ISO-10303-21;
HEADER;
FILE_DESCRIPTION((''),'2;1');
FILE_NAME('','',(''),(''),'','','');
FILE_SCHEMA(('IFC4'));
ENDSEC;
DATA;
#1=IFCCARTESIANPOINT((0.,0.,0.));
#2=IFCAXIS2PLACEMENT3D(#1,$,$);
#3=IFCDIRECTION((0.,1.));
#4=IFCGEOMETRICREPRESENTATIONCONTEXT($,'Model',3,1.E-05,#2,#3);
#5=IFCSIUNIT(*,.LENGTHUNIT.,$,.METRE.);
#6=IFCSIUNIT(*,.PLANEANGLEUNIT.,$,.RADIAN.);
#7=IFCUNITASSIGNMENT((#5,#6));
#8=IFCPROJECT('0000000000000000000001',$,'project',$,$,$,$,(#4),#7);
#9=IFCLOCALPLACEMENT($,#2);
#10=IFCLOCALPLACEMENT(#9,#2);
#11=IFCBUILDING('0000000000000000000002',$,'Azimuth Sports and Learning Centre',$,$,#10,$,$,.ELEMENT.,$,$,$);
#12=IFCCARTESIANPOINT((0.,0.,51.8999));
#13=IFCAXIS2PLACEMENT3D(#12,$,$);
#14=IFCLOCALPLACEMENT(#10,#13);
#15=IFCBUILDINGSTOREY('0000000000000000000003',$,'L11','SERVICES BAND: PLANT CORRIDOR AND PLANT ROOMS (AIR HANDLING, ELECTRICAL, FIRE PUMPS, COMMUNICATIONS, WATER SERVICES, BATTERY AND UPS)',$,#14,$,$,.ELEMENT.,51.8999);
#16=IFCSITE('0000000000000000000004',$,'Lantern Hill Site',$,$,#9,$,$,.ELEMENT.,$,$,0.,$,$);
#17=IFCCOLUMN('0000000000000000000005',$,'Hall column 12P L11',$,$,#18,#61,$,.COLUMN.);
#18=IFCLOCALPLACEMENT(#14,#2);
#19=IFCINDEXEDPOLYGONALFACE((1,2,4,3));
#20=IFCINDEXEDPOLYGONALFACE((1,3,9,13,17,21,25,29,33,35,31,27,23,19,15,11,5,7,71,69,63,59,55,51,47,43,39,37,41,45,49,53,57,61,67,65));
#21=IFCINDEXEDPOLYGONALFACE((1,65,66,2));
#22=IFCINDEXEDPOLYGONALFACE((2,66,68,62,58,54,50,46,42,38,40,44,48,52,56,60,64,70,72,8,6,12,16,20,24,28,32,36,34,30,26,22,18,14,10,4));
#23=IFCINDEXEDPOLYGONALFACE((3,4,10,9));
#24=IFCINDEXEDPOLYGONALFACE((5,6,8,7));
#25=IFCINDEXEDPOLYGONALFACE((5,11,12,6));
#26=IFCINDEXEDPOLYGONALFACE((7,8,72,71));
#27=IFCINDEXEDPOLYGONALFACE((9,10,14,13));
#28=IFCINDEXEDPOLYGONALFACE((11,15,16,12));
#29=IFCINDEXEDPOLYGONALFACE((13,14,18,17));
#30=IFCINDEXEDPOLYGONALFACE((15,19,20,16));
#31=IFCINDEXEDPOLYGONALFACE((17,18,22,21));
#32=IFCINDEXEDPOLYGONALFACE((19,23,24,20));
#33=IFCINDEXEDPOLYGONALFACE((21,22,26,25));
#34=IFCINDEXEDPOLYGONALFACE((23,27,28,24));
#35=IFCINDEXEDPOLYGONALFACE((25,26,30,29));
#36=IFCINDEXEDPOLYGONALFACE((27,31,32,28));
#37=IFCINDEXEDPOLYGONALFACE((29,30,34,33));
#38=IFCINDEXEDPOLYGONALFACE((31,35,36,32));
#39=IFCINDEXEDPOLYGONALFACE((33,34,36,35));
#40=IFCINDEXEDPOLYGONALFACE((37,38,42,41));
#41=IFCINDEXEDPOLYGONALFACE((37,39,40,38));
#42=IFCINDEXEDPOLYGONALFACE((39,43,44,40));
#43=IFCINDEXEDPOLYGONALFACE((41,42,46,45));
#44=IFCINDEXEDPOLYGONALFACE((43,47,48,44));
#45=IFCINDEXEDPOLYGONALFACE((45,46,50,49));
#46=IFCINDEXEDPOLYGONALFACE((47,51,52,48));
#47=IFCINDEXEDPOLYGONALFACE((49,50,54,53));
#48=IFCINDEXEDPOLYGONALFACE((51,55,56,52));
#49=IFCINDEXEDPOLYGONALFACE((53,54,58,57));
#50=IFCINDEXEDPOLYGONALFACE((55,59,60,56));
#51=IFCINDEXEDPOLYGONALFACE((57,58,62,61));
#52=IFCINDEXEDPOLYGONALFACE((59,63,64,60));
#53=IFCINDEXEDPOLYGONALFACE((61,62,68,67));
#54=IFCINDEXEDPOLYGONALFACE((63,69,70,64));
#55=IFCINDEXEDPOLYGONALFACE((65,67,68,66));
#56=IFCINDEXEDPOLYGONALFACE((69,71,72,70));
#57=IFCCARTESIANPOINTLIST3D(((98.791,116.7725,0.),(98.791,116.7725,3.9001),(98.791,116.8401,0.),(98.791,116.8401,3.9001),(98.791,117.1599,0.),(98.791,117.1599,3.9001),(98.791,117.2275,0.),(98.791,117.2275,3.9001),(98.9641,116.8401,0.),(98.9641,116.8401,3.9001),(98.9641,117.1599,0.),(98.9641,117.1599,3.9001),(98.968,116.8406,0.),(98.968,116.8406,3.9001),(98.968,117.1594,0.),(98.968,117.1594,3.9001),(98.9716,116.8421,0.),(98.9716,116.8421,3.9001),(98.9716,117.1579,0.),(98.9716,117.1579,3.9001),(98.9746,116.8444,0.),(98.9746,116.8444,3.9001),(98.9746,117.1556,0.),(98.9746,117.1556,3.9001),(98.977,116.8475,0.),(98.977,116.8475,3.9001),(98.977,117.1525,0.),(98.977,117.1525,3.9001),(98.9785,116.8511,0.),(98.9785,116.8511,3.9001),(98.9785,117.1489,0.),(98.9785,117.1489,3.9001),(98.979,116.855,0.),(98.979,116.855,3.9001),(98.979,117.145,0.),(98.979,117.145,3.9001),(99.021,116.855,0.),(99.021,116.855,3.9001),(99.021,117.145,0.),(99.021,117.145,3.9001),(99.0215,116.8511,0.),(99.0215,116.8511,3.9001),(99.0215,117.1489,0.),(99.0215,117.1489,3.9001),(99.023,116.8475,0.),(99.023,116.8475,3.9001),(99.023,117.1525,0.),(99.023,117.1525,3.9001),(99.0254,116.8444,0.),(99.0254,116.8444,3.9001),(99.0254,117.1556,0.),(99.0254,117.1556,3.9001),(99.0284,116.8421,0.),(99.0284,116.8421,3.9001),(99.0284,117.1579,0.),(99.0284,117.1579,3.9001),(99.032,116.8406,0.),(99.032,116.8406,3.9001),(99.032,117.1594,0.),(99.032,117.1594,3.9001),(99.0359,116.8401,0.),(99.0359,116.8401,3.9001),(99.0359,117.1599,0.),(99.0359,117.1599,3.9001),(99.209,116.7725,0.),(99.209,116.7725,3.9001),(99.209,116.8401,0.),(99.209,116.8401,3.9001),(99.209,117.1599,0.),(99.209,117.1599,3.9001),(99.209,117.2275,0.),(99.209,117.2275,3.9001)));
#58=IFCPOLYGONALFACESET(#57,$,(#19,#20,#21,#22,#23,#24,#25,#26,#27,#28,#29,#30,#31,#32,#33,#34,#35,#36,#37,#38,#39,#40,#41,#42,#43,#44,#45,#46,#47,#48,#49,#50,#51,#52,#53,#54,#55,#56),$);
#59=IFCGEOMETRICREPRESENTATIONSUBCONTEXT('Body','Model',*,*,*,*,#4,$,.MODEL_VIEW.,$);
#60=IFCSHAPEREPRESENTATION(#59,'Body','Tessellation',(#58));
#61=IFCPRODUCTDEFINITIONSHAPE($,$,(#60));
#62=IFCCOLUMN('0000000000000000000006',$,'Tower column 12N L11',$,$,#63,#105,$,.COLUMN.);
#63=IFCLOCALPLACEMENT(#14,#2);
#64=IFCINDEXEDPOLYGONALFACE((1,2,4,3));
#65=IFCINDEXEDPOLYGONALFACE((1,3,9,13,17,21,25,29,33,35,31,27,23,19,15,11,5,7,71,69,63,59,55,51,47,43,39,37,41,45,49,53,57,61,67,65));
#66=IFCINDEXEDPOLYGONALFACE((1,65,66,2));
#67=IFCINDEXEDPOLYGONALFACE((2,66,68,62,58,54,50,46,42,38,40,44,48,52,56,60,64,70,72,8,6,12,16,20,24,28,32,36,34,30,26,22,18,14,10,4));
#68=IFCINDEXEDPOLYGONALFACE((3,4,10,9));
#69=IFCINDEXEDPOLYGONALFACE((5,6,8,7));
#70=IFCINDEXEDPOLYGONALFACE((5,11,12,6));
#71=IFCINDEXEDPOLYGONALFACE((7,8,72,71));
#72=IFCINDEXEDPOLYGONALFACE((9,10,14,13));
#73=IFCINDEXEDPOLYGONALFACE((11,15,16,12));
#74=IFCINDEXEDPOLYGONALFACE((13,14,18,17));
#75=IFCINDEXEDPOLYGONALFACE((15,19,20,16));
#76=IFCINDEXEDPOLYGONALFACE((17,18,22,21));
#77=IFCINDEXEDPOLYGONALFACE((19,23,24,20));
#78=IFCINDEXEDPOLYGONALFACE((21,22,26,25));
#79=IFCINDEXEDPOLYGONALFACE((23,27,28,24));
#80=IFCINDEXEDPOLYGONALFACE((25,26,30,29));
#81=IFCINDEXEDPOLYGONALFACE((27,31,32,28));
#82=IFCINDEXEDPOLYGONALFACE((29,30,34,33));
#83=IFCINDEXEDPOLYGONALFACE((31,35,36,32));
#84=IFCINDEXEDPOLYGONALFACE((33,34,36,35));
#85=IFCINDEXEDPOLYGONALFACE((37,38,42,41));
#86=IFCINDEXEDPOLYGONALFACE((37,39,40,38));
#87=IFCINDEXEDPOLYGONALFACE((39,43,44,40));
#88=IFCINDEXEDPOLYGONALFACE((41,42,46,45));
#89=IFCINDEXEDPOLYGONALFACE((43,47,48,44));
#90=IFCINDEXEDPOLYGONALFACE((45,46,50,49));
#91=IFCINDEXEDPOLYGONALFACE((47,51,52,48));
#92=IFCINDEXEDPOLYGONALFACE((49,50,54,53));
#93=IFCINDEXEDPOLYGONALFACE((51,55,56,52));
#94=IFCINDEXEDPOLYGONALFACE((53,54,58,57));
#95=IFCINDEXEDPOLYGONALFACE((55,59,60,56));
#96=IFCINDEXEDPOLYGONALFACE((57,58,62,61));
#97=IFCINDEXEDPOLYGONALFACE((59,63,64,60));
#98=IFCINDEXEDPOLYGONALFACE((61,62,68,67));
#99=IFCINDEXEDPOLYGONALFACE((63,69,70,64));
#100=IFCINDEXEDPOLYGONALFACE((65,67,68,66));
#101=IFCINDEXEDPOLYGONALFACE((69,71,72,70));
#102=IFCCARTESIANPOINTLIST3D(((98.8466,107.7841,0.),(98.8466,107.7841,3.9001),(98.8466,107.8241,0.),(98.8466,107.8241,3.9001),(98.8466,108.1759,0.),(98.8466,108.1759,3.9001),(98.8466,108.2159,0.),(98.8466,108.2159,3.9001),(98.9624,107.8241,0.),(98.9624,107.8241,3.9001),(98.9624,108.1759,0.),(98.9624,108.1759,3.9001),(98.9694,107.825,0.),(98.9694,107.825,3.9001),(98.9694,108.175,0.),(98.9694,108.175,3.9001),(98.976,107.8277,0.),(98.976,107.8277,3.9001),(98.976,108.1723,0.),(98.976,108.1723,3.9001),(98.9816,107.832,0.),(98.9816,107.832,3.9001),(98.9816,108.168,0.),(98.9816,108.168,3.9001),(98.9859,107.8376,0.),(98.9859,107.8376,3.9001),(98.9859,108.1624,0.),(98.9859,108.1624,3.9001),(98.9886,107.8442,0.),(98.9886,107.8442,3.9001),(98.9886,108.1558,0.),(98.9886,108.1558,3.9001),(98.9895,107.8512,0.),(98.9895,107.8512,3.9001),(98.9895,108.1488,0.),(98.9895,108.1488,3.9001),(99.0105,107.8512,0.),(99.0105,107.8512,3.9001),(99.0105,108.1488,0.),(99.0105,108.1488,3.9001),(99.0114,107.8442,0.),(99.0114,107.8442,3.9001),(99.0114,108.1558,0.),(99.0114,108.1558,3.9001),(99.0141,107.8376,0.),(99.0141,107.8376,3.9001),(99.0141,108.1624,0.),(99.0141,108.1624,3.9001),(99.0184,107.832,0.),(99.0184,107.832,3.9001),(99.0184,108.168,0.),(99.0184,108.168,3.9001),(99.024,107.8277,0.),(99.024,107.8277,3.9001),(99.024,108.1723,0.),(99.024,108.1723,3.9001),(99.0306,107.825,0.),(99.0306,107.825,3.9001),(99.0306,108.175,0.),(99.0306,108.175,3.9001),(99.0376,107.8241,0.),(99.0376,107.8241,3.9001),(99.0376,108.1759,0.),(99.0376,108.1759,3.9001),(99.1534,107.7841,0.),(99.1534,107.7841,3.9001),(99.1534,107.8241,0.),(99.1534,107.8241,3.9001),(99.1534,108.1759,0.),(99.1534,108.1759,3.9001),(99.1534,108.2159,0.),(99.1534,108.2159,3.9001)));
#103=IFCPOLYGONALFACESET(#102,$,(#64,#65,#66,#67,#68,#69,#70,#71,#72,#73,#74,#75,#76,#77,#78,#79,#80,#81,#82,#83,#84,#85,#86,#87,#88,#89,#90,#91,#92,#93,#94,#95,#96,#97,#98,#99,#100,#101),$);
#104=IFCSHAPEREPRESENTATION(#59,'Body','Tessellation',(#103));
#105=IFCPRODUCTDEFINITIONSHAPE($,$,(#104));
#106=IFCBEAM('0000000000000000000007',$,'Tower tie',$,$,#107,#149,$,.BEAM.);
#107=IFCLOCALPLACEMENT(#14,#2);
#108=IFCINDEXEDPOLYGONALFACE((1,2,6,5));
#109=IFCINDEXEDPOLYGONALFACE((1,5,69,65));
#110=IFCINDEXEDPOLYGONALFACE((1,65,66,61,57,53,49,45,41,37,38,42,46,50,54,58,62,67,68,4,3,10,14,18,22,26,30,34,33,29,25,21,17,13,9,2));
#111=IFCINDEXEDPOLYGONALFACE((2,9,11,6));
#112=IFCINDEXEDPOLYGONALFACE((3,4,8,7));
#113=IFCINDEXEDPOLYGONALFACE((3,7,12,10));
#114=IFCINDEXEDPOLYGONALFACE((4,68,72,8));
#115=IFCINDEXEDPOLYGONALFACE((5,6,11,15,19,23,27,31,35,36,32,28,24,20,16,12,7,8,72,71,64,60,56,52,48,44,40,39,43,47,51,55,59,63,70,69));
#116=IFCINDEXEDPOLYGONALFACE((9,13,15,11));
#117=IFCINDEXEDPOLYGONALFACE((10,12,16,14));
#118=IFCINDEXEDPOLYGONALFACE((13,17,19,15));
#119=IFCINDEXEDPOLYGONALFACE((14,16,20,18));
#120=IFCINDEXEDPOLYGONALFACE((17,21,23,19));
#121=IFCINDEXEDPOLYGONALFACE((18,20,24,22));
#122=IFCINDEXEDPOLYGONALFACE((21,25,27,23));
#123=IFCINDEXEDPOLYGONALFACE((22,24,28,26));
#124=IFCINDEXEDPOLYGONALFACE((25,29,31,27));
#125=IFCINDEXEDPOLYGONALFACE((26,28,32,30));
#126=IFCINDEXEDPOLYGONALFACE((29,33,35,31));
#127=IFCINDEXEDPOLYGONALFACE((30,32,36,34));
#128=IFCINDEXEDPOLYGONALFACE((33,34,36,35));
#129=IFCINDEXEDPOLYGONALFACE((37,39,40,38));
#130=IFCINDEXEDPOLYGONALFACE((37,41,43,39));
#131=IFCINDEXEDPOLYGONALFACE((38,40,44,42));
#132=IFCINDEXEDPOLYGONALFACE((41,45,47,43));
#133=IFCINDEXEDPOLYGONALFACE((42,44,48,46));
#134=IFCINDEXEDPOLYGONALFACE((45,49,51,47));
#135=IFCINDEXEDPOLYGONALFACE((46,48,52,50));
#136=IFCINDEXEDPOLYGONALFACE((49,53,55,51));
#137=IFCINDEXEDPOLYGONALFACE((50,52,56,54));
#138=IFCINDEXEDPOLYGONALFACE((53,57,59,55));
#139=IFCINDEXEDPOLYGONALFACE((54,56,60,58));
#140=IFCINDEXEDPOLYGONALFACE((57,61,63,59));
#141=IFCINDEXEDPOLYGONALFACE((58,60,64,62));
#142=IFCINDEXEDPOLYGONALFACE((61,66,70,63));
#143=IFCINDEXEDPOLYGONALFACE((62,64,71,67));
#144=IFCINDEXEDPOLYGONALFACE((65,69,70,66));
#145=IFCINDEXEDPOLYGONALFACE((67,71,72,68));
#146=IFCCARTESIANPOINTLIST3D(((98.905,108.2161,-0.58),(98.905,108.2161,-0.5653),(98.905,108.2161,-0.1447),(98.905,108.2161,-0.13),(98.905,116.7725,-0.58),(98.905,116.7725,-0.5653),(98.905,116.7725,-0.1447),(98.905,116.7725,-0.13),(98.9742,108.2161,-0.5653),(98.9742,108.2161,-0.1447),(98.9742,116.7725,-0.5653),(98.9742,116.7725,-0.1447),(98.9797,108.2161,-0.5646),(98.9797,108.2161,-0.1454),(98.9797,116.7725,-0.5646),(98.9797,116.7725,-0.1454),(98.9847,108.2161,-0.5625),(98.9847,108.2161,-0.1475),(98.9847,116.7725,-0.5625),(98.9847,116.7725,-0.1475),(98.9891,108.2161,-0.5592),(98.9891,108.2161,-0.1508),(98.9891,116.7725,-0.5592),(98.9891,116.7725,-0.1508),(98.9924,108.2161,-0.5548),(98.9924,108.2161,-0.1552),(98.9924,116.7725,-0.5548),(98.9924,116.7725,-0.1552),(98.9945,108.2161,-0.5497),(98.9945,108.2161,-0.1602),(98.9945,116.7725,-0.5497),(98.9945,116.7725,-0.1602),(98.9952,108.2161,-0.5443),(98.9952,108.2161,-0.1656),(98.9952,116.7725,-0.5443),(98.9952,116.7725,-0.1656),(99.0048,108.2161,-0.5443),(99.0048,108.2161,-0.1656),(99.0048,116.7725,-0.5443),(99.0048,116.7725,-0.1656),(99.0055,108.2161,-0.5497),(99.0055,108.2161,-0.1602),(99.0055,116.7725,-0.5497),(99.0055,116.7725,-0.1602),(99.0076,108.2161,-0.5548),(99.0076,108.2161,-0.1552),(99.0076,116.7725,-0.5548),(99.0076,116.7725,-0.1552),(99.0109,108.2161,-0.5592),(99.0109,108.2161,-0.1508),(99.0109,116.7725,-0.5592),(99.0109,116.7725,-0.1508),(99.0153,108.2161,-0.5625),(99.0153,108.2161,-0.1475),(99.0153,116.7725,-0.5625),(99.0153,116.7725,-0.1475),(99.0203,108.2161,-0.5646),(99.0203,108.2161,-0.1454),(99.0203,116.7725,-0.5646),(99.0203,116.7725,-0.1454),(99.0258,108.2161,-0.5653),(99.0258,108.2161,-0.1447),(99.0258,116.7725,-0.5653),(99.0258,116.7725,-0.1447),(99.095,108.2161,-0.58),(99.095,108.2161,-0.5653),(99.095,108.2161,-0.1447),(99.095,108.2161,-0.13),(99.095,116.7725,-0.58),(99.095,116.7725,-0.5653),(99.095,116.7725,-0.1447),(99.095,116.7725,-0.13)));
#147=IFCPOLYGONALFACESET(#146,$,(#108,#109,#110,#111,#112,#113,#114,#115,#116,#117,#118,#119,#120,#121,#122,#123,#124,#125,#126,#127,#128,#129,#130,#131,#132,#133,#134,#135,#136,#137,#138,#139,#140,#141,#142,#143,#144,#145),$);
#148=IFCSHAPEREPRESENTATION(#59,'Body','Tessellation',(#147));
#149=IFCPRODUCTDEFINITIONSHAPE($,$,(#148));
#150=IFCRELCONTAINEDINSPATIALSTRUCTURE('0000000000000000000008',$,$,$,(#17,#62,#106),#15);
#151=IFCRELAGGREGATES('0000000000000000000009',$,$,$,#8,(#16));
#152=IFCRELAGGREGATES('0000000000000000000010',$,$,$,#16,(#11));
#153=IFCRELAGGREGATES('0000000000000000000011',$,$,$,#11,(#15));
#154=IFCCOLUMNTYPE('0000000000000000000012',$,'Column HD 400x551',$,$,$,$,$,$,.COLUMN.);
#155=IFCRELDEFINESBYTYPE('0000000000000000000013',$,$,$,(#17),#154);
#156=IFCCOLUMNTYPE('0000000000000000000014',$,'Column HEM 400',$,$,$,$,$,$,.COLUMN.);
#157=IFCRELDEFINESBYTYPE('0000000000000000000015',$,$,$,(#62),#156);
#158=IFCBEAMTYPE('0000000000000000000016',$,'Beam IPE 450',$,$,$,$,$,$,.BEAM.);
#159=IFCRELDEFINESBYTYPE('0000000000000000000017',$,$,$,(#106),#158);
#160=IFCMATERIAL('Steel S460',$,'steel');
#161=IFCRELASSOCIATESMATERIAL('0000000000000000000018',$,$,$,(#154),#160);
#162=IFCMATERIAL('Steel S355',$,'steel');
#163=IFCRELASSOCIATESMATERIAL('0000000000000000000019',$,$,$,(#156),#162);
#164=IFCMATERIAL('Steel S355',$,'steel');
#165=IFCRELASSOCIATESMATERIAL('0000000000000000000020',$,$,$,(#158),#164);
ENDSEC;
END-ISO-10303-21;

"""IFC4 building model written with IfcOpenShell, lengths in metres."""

from ifc_helpers import new_model, si_unit, direction, frame, origin, origin_2d, place, context, subcontext, project, spatial, i_section, extrude, material, material_profile, profile_set, type_object, element, save


model = new_model("IFC4")

# Units and contexts
model_context = context("Model", 3, precision=1e-05, world=origin(), true_north=direction((0.0, 1.0)))
body_context = subcontext(model_context, "Body", "Model", "MODEL_VIEW")
ifc_project = project(units=[si_unit("LENGTHUNIT", "METRE"), si_unit("PLANEANGLEUNIT", "RADIAN")], contexts=[model_context])

# Site, building, storey
site_placement = place(None, origin())
site = spatial("IfcSite", under=ifc_project, at=site_placement, Name="Lantern Hill Site", CompositionType="ELEMENT", RefElevation=0.0)
building_placement = place(site_placement, origin())
building = spatial("IfcBuilding", under=site, at=building_placement, Name="Azimuth Sports and Learning Centre", CompositionType="ELEMENT")
storey_placement = place(building_placement, frame((0.0, 0.0, 51.8999)))
storey = spatial("IfcBuildingStorey", under=building, at=storey_placement, Name="L11", Description="SERVICES BAND: PLANT CORRIDOR AND PLANT ROOMS (AIR HANDLING, ELECTRICAL, FIRE PUMPS, COMMUNICATIONS, WATER SERVICES, BATTERY AND UPS)", CompositionType="ELEMENT", Elevation=51.8999)

# Columns
ifc_material_1 = material(Name="Steel S460", Category="steel")
ifc_material_profile_1 = material_profile(ifc_material_1, i_section(OverallWidth=0.418, OverallDepth=0.4551, WebThickness=0.042, FlangeThickness=0.0676, FilletRadius=0.0149, at=origin_2d()), Name="HD 400x551")
ifc_profile_set_1 = profile_set([ifc_material_profile_1], Name="Steel S460")
column_type_1 = type_object("IfcColumnType", Name="Column HD 400x551", PredefinedType="COLUMN", material=ifc_profile_set_1)
column_1_placement = place(storey_placement, frame((99.0, 117.0, 0.0), z_axis=(0.0, 0.0, 1.0), x_axis=(1.0, 0.0, 0.0)))
element("IfcColumn", 1, at=column_1_placement, inside=storey, type_object=column_type_1, Name="Hall column 12P L11", PredefinedType="COLUMN", context=body_context, shape_type="SweptSolid", body=[
    extrude(i_section(OverallWidth=0.418, OverallDepth=0.4551, WebThickness=0.042, FlangeThickness=0.0676, FilletRadius=0.0149, at=origin_2d()), origin(), (0.0, 0.0, 1.0), 3.9001),
])
ifc_material_2 = material(Name="Steel S355", Category="steel")
ifc_material_profile_2 = material_profile(ifc_material_2, i_section(OverallWidth=0.3069, OverallDepth=0.4319, WebThickness=0.021, FlangeThickness=0.04, FilletRadius=0.0271, at=origin_2d()), Name="HEM 400")
ifc_profile_set_2 = profile_set([ifc_material_profile_2], Name="Steel S355")
column_type_2 = type_object("IfcColumnType", Name="Column HEM 400", PredefinedType="COLUMN", material=ifc_profile_set_2)
column_2_placement = place(storey_placement, frame((99.0, 108.0, 0.0), z_axis=(0.0, 0.0, 1.0), x_axis=(1.0, 0.0, 0.0)))
element("IfcColumn", 2, at=column_2_placement, inside=storey, type_object=column_type_2, Name="Tower column 12N L11", PredefinedType="COLUMN", context=body_context, shape_type="SweptSolid", body=[
    extrude(i_section(OverallWidth=0.3069, OverallDepth=0.4319, WebThickness=0.021, FlangeThickness=0.04, FilletRadius=0.0271, at=origin_2d()), origin(), (0.0, 0.0, 1.0), 3.9001),
])

# Beam
ifc_material_3 = material(Name="Steel S355", Category="steel")
ifc_material_profile_3 = material_profile(ifc_material_3, i_section(OverallWidth=0.1899, OverallDepth=0.45, WebThickness=0.0095, FlangeThickness=0.0146, FilletRadius=0.021, at=origin_2d()), Name="IPE 450")
ifc_profile_set_3 = profile_set([ifc_material_profile_3], Name="Steel S355")
beam_type_1 = type_object("IfcBeamType", Name="Beam IPE 450", PredefinedType="BEAM", material=ifc_profile_set_3)
beam_1_placement = place(storey_placement, frame((99.0, 108.2161, -0.355), z_axis=(0.0, 1.0, 0.0), x_axis=(-1.0, 0.0, 0.0)))
element("IfcBeam", 3, at=beam_1_placement, inside=storey, type_object=beam_type_1, Name="Tower tie", PredefinedType="BEAM", context=body_context, shape_type="SweptSolid", body=[
    extrude(i_section(OverallWidth=0.1899, OverallDepth=0.45, WebThickness=0.0095, FlangeThickness=0.0146, FilletRadius=0.021, at=origin_2d()), origin(), (0.0, 0.0, 1.0), 8.5564),
])

save(model, "model.ifc")
